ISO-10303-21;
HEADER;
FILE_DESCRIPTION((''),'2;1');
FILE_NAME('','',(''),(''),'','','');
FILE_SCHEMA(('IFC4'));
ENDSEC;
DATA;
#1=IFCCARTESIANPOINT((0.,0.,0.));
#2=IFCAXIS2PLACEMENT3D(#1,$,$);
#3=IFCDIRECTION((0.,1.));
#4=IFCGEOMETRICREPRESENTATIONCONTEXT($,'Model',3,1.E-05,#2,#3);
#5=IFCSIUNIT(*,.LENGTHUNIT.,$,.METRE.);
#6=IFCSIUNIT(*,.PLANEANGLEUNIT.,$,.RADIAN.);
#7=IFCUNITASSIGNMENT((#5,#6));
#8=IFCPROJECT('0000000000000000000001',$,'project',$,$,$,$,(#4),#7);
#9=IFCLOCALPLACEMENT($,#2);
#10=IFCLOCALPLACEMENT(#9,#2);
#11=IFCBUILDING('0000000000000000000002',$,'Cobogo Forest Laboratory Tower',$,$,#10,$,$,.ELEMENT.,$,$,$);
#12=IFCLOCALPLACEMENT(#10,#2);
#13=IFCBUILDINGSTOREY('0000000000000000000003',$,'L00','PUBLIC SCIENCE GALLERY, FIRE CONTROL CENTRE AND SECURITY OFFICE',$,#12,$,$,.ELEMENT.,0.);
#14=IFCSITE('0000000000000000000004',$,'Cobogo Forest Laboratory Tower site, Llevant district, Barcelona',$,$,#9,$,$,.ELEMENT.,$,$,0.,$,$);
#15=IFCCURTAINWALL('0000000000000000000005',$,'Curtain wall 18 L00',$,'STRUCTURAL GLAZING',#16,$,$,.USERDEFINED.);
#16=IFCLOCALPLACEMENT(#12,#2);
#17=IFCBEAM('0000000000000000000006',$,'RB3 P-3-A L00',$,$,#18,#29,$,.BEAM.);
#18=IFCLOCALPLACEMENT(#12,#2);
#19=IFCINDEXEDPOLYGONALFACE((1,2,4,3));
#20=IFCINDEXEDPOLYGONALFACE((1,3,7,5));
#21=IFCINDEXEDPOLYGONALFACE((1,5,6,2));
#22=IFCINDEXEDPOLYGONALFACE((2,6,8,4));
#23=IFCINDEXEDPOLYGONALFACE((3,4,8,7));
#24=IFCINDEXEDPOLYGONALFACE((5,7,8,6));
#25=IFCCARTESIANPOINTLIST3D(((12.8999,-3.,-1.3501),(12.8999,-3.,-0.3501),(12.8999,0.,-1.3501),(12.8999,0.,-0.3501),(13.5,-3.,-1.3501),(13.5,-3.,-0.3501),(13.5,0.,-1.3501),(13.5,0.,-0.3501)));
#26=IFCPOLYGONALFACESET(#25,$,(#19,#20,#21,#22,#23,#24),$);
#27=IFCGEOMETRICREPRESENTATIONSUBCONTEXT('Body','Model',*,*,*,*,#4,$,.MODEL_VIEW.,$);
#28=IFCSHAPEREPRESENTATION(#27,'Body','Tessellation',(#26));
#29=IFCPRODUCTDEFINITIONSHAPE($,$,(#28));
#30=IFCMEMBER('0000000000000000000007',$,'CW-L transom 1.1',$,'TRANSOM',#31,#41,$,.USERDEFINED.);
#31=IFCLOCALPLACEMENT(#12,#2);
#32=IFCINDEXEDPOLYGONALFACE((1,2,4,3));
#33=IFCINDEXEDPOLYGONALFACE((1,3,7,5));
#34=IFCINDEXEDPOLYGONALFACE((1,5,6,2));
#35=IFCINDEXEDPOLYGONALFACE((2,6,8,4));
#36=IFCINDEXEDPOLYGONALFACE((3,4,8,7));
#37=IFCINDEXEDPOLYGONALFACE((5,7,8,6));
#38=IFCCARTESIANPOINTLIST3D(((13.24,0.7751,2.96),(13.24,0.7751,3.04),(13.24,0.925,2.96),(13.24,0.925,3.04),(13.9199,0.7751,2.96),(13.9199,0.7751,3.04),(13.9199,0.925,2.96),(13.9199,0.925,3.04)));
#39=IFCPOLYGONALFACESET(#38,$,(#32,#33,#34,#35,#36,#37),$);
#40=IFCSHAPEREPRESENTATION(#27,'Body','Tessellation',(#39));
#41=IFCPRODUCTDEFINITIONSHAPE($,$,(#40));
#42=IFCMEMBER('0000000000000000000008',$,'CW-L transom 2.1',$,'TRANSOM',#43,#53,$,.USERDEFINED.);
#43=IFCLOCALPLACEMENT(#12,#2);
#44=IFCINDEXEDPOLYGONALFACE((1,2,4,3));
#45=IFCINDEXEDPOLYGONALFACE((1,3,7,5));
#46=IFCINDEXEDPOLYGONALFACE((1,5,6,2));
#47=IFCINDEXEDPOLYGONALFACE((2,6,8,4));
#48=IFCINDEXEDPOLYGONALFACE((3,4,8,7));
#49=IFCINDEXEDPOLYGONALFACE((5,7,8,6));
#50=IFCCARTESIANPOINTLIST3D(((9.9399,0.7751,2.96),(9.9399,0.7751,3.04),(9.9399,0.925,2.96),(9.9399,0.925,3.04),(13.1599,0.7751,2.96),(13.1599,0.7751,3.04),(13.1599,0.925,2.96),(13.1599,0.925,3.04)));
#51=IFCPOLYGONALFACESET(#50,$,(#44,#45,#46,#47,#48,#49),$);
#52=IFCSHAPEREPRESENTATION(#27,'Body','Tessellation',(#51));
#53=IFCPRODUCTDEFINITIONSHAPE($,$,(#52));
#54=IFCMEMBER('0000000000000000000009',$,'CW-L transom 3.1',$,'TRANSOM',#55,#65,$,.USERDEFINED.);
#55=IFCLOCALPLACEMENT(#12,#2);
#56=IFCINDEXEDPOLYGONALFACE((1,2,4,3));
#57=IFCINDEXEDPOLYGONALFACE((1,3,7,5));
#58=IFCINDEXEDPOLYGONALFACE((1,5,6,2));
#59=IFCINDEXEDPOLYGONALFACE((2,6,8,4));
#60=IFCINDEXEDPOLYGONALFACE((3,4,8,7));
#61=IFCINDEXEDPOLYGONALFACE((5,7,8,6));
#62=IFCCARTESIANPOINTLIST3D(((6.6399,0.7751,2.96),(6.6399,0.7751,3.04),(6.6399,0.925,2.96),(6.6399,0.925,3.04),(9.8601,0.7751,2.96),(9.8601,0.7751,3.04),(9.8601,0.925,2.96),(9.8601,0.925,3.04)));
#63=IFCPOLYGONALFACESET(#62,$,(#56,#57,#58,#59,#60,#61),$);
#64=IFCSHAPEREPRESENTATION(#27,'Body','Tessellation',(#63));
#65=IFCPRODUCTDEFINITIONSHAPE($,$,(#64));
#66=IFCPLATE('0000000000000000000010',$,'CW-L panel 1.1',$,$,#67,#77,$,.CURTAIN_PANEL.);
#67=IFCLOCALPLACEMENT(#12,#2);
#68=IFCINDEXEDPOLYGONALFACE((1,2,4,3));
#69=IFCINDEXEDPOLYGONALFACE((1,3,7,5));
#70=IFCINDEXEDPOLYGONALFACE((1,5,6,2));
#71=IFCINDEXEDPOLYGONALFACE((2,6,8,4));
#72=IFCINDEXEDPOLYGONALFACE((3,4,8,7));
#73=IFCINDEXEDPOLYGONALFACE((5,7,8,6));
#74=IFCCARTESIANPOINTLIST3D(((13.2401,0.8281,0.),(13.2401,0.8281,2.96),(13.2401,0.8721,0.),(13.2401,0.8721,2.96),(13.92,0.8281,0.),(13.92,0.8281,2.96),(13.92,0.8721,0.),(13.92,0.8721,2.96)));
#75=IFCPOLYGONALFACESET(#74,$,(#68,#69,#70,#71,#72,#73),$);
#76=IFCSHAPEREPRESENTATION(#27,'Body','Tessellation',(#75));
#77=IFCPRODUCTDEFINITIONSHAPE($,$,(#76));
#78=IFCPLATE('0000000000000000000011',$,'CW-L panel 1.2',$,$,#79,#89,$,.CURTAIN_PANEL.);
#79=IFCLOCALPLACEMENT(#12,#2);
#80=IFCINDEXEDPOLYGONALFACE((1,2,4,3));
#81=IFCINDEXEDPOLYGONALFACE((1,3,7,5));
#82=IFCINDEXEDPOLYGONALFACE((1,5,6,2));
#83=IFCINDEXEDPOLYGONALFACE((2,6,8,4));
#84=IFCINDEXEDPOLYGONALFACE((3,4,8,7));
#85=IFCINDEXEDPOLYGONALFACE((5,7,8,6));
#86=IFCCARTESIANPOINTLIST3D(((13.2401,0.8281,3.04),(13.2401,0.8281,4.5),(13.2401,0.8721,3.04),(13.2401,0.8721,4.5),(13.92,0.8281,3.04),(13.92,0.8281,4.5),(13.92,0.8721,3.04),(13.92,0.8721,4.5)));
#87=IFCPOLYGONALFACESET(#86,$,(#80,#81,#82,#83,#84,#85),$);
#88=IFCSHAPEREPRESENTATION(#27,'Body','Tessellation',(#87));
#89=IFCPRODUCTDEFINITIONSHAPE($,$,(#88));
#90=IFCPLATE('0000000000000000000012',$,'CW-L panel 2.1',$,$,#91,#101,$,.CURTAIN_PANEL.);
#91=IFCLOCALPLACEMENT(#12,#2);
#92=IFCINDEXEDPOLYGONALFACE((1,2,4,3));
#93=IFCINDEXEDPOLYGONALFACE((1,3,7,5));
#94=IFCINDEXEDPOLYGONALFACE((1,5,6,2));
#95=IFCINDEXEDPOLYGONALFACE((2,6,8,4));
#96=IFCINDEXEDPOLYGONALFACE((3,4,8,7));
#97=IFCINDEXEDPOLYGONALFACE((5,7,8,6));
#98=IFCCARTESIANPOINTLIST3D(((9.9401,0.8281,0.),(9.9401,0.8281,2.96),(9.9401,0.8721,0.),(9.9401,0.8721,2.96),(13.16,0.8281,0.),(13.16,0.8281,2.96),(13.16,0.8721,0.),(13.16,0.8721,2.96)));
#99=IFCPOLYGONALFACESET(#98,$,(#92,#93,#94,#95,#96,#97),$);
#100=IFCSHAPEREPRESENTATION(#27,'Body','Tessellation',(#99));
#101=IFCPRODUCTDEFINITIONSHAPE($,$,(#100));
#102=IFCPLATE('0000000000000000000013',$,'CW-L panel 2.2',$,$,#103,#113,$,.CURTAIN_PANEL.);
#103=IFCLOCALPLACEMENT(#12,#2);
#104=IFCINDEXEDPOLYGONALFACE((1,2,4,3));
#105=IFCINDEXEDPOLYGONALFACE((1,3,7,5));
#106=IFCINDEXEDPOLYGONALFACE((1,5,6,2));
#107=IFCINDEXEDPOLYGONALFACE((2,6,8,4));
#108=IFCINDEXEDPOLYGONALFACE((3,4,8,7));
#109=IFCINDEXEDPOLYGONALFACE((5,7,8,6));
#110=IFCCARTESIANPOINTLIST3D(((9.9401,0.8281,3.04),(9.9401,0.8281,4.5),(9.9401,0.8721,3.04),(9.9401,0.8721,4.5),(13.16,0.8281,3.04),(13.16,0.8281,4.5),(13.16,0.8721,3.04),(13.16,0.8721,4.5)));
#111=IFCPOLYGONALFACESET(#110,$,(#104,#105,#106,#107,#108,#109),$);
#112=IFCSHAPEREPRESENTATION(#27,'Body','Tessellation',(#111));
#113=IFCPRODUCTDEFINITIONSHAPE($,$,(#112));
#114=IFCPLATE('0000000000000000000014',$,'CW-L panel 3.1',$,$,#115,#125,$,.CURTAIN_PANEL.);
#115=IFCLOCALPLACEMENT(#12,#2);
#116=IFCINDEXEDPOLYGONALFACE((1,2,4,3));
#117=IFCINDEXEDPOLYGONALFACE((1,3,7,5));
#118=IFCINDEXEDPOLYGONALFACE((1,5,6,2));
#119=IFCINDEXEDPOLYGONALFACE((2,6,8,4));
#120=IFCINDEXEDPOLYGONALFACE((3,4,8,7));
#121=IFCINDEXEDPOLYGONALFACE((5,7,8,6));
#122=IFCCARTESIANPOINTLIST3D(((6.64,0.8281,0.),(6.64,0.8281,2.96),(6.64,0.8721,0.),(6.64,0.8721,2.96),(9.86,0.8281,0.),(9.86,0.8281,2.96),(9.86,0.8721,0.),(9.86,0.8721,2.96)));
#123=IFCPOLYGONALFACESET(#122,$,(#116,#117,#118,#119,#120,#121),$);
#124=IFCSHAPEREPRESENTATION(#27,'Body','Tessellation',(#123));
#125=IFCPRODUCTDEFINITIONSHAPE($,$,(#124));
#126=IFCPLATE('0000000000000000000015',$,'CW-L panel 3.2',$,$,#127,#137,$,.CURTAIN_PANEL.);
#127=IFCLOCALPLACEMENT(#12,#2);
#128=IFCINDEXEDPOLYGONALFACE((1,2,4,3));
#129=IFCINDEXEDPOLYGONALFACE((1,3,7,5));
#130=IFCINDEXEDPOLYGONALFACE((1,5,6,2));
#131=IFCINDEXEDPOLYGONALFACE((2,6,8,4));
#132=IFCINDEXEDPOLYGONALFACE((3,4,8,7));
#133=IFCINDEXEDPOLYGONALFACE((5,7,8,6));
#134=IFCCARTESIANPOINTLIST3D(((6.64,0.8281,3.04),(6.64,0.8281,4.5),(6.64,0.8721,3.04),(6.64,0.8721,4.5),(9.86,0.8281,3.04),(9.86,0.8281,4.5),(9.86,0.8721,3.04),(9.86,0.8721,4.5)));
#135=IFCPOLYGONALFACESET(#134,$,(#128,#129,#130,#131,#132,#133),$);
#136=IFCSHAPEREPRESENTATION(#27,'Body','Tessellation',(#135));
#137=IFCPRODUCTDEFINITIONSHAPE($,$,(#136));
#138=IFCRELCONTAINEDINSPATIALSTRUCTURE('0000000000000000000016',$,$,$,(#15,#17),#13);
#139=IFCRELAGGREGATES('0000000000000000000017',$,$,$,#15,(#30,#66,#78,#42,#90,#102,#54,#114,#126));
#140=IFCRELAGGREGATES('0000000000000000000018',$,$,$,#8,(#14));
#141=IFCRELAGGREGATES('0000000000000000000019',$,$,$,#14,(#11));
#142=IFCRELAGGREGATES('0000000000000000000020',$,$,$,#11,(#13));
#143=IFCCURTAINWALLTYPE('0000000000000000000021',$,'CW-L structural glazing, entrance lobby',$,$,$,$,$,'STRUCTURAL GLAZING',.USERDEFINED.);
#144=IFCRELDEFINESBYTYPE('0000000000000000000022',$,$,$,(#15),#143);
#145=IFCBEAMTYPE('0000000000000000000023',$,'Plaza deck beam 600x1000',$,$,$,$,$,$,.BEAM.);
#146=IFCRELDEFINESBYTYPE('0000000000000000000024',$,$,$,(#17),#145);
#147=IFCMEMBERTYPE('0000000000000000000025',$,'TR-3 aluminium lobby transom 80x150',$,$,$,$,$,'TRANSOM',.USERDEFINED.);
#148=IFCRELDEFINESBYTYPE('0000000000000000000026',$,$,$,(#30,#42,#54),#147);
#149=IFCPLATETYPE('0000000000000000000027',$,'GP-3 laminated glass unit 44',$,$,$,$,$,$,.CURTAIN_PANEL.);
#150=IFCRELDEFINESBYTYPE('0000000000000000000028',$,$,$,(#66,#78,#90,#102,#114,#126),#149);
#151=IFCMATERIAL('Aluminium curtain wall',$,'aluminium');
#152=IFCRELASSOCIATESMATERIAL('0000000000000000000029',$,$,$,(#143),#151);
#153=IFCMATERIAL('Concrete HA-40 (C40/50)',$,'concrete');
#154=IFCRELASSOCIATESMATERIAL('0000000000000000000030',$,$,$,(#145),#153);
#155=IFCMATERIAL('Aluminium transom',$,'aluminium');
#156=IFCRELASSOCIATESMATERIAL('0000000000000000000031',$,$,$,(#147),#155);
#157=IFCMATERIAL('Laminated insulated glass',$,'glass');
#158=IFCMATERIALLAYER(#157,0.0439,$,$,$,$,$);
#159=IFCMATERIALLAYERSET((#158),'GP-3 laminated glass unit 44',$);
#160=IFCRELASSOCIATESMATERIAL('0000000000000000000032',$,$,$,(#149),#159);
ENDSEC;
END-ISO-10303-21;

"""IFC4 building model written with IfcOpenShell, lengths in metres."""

from ifc_helpers import new_model, si_unit, direction, frame, origin, origin_2d, place, context, subcontext, project, spatial, rectangle, extrude, material, layer, layer_set, material_profile, profile_set, type_object, element, aggregate, save


model = new_model("IFC4")

# Units and contexts
model_context = context("Model", 3, precision=1e-05, world=origin(), true_north=direction((0.0, 1.0)))
body_context = subcontext(model_context, "Body", "Model", "MODEL_VIEW")
ifc_project = project(units=[si_unit("LENGTHUNIT", "METRE"), si_unit("PLANEANGLEUNIT", "RADIAN")], contexts=[model_context])

# Site, building, storey
site_placement = place(None, origin())
site = spatial("IfcSite", under=ifc_project, at=site_placement, Name="Cobogo Forest Laboratory Tower site, Llevant district, Barcelona", CompositionType="ELEMENT", RefElevation=0.0)
building_placement = place(site_placement, origin())
building = spatial("IfcBuilding", under=site, at=building_placement, Name="Cobogo Forest Laboratory Tower", CompositionType="ELEMENT")
storey_placement = place(building_placement, origin())
storey = spatial("IfcBuildingStorey", under=building, at=storey_placement, Name="L00", Description="PUBLIC SCIENCE GALLERY, FIRE CONTROL CENTRE AND SECURITY OFFICE", CompositionType="ELEMENT", Elevation=0.0)

# Shared definitions
ifc_material_1 = material(Name="Concrete HA-40 (C40/50)", Category="concrete")

# Curtain wall
ifc_material_2 = material(Name="Aluminium curtain wall", Category="aluminium")
curtain_wall_type = type_object("IfcCurtainWallType", Name="CW-L structural glazing, entrance lobby", ElementType="STRUCTURAL GLAZING", PredefinedType="USERDEFINED", material=ifc_material_2)
curtain_wall_placement = place(storey_placement, origin())
curtain_wall = element("IfcCurtainWall", 1, at=curtain_wall_placement, inside=storey, type_object=curtain_wall_type, Name="Curtain wall 18 L00", ObjectType="STRUCTURAL GLAZING", PredefinedType="USERDEFINED")

# Beam
ifc_material_profile_1 = material_profile(ifc_material_1, rectangle(XDim=0.6001, YDim=1.0, at=origin_2d()), Name="RC 600x1000")
ifc_profile_set_1 = profile_set([ifc_material_profile_1], Name="Concrete HA-40 (C40/50)")
beam_type_1 = type_object("IfcBeamType", Name="Plaza deck beam 600x1000", PredefinedType="BEAM", material=ifc_profile_set_1)
beam_1_placement = place(storey_placement, frame((13.2, 0.0, -0.8501), z_axis=(0.0, -1.0, 0.0), x_axis=(1.0, 0.0, 0.0)))
element("IfcBeam", 2, at=beam_1_placement, inside=storey, type_object=beam_type_1, Name="RB3 P-3-A L00", PredefinedType="BEAM", context=body_context, shape_type="SweptSolid", body=[
    extrude(rectangle(XDim=0.6001, YDim=1.0, at=origin_2d()), origin(), (0.0, 0.0, 1.0), 3.0),
])

# Members
ifc_material_3 = material(Name="Aluminium transom", Category="aluminium")
ifc_material_profile_2 = material_profile(ifc_material_3, rectangle(XDim=0.1499, YDim=0.0801, at=origin_2d()), Name="AL 80x150")
ifc_profile_set_2 = profile_set([ifc_material_profile_2], Name="Aluminium transom")
member_type_1 = type_object("IfcMemberType", Name="TR-3 aluminium lobby transom 80x150", ElementType="TRANSOM", PredefinedType="USERDEFINED", material=ifc_profile_set_2)
member_1_placement = place(storey_placement, frame((13.9199, 0.8501, 3.0), z_axis=(-1.0, 0.0, 0.0), x_axis=(0.0, -1.0, 0.0)))
member_1 = element("IfcMember", 3, at=member_1_placement, type_object=member_type_1, Name="CW-L transom 1.1", ObjectType="TRANSOM", PredefinedType="USERDEFINED", context=body_context, shape_type="SweptSolid", body=[
    extrude(rectangle(XDim=0.1499, YDim=0.0801, at=origin_2d()), origin(), (0.0, 0.0, 1.0), 0.6799),
])
member_2_placement = place(storey_placement, frame((13.1599, 0.8501, 3.0), z_axis=(-1.0, 0.0, 0.0), x_axis=(0.0, -1.0, 0.0)))
member_2 = element("IfcMember", 4, at=member_2_placement, type_object=member_type_1, Name="CW-L transom 2.1", ObjectType="TRANSOM", PredefinedType="USERDEFINED", context=body_context, shape_type="SweptSolid", body=[
    extrude(rectangle(XDim=0.1499, YDim=0.0801, at=origin_2d()), origin(), (0.0, 0.0, 1.0), 3.22),
])
member_3_placement = place(storey_placement, frame((9.8601, 0.8501, 3.0), z_axis=(-1.0, 0.0, 0.0), x_axis=(0.0, -1.0, 0.0)))
member_3 = element("IfcMember", 5, at=member_3_placement, type_object=member_type_1, Name="CW-L transom 3.1", ObjectType="TRANSOM", PredefinedType="USERDEFINED", context=body_context, shape_type="SweptSolid", body=[
    extrude(rectangle(XDim=0.1499, YDim=0.0801, at=origin_2d()), origin(), (0.0, 0.0, 1.0), 3.2202),
])

# Plates
ifc_material_4 = material(Name="Laminated insulated glass", Category="glass")
ifc_layer_1 = layer(ifc_material_4, 0.0439)
ifc_layer_set_1 = layer_set([ifc_layer_1], Name="GP-3 laminated glass unit 44")
plate_type = type_object("IfcPlateType", Name="GP-3 laminated glass unit 44", PredefinedType="CURTAIN_PANEL", material=ifc_layer_set_1)
plate_1_placement = place(storey_placement, frame((13.5801, 0.8501, 0.0), z_axis=(0.0, 0.0, 1.0), x_axis=(-1.0, 0.0, 0.0)))
plate_1 = element("IfcPlate", 6, at=plate_1_placement, type_object=plate_type, Name="CW-L panel 1.1", PredefinedType="CURTAIN_PANEL", context=body_context, shape_type="SweptSolid", body=[
    extrude(rectangle(XDim=0.6799, YDim=0.0439, at=origin_2d()), origin(), (0.0, 0.0, 1.0), 2.96),
])
plate_2_placement = place(storey_placement, frame((13.5801, 0.8501, 3.04), z_axis=(0.0, 0.0, 1.0), x_axis=(-1.0, 0.0, 0.0)))
plate_2 = element("IfcPlate", 7, at=plate_2_placement, type_object=plate_type, Name="CW-L panel 1.2", PredefinedType="CURTAIN_PANEL", context=body_context, shape_type="SweptSolid", body=[
    extrude(rectangle(XDim=0.6799, YDim=0.0439, at=origin_2d()), origin(), (0.0, 0.0, 1.0), 1.46),
])
plate_3_placement = place(storey_placement, frame((11.55, 0.8501, 0.0), z_axis=(0.0, 0.0, 1.0), x_axis=(-1.0, 0.0, 0.0)))
plate_3 = element("IfcPlate", 8, at=plate_3_placement, type_object=plate_type, Name="CW-L panel 2.1", PredefinedType="CURTAIN_PANEL", context=body_context, shape_type="SweptSolid", body=[
    extrude(rectangle(XDim=3.22, YDim=0.0439, at=origin_2d()), origin(), (0.0, 0.0, 1.0), 2.96),
])
plate_4_placement = place(storey_placement, frame((11.55, 0.8501, 3.04), z_axis=(0.0, 0.0, 1.0), x_axis=(-1.0, 0.0, 0.0)))
plate_4 = element("IfcPlate", 9, at=plate_4_placement, type_object=plate_type, Name="CW-L panel 2.2", PredefinedType="CURTAIN_PANEL", context=body_context, shape_type="SweptSolid", body=[
    extrude(rectangle(XDim=3.22, YDim=0.0439, at=origin_2d()), origin(), (0.0, 0.0, 1.0), 1.46),
])
plate_5_placement = place(storey_placement, frame((8.25, 0.8501, 0.0), z_axis=(0.0, 0.0, 1.0), x_axis=(-1.0, 0.0, 0.0)))
plate_5 = element("IfcPlate", 10, at=plate_5_placement, type_object=plate_type, Name="CW-L panel 3.1", PredefinedType="CURTAIN_PANEL", context=body_context, shape_type="SweptSolid", body=[
    extrude(rectangle(XDim=3.22, YDim=0.0439, at=origin_2d()), origin(), (0.0, 0.0, 1.0), 2.96),
])
plate_6_placement = place(storey_placement, frame((8.25, 0.8501, 3.04), z_axis=(0.0, 0.0, 1.0), x_axis=(-1.0, 0.0, 0.0)))
plate_6 = element("IfcPlate", 11, at=plate_6_placement, type_object=plate_type, Name="CW-L panel 3.2", PredefinedType="CURTAIN_PANEL", context=body_context, shape_type="SweptSolid", body=[
    extrude(rectangle(XDim=3.22, YDim=0.0439, at=origin_2d()), origin(), (0.0, 0.0, 1.0), 1.46),
])
aggregate(curtain_wall, [member_1, plate_1, plate_2, member_2, plate_3, plate_4, member_3, plate_5, plate_6])

save(model, "model.ifc")
